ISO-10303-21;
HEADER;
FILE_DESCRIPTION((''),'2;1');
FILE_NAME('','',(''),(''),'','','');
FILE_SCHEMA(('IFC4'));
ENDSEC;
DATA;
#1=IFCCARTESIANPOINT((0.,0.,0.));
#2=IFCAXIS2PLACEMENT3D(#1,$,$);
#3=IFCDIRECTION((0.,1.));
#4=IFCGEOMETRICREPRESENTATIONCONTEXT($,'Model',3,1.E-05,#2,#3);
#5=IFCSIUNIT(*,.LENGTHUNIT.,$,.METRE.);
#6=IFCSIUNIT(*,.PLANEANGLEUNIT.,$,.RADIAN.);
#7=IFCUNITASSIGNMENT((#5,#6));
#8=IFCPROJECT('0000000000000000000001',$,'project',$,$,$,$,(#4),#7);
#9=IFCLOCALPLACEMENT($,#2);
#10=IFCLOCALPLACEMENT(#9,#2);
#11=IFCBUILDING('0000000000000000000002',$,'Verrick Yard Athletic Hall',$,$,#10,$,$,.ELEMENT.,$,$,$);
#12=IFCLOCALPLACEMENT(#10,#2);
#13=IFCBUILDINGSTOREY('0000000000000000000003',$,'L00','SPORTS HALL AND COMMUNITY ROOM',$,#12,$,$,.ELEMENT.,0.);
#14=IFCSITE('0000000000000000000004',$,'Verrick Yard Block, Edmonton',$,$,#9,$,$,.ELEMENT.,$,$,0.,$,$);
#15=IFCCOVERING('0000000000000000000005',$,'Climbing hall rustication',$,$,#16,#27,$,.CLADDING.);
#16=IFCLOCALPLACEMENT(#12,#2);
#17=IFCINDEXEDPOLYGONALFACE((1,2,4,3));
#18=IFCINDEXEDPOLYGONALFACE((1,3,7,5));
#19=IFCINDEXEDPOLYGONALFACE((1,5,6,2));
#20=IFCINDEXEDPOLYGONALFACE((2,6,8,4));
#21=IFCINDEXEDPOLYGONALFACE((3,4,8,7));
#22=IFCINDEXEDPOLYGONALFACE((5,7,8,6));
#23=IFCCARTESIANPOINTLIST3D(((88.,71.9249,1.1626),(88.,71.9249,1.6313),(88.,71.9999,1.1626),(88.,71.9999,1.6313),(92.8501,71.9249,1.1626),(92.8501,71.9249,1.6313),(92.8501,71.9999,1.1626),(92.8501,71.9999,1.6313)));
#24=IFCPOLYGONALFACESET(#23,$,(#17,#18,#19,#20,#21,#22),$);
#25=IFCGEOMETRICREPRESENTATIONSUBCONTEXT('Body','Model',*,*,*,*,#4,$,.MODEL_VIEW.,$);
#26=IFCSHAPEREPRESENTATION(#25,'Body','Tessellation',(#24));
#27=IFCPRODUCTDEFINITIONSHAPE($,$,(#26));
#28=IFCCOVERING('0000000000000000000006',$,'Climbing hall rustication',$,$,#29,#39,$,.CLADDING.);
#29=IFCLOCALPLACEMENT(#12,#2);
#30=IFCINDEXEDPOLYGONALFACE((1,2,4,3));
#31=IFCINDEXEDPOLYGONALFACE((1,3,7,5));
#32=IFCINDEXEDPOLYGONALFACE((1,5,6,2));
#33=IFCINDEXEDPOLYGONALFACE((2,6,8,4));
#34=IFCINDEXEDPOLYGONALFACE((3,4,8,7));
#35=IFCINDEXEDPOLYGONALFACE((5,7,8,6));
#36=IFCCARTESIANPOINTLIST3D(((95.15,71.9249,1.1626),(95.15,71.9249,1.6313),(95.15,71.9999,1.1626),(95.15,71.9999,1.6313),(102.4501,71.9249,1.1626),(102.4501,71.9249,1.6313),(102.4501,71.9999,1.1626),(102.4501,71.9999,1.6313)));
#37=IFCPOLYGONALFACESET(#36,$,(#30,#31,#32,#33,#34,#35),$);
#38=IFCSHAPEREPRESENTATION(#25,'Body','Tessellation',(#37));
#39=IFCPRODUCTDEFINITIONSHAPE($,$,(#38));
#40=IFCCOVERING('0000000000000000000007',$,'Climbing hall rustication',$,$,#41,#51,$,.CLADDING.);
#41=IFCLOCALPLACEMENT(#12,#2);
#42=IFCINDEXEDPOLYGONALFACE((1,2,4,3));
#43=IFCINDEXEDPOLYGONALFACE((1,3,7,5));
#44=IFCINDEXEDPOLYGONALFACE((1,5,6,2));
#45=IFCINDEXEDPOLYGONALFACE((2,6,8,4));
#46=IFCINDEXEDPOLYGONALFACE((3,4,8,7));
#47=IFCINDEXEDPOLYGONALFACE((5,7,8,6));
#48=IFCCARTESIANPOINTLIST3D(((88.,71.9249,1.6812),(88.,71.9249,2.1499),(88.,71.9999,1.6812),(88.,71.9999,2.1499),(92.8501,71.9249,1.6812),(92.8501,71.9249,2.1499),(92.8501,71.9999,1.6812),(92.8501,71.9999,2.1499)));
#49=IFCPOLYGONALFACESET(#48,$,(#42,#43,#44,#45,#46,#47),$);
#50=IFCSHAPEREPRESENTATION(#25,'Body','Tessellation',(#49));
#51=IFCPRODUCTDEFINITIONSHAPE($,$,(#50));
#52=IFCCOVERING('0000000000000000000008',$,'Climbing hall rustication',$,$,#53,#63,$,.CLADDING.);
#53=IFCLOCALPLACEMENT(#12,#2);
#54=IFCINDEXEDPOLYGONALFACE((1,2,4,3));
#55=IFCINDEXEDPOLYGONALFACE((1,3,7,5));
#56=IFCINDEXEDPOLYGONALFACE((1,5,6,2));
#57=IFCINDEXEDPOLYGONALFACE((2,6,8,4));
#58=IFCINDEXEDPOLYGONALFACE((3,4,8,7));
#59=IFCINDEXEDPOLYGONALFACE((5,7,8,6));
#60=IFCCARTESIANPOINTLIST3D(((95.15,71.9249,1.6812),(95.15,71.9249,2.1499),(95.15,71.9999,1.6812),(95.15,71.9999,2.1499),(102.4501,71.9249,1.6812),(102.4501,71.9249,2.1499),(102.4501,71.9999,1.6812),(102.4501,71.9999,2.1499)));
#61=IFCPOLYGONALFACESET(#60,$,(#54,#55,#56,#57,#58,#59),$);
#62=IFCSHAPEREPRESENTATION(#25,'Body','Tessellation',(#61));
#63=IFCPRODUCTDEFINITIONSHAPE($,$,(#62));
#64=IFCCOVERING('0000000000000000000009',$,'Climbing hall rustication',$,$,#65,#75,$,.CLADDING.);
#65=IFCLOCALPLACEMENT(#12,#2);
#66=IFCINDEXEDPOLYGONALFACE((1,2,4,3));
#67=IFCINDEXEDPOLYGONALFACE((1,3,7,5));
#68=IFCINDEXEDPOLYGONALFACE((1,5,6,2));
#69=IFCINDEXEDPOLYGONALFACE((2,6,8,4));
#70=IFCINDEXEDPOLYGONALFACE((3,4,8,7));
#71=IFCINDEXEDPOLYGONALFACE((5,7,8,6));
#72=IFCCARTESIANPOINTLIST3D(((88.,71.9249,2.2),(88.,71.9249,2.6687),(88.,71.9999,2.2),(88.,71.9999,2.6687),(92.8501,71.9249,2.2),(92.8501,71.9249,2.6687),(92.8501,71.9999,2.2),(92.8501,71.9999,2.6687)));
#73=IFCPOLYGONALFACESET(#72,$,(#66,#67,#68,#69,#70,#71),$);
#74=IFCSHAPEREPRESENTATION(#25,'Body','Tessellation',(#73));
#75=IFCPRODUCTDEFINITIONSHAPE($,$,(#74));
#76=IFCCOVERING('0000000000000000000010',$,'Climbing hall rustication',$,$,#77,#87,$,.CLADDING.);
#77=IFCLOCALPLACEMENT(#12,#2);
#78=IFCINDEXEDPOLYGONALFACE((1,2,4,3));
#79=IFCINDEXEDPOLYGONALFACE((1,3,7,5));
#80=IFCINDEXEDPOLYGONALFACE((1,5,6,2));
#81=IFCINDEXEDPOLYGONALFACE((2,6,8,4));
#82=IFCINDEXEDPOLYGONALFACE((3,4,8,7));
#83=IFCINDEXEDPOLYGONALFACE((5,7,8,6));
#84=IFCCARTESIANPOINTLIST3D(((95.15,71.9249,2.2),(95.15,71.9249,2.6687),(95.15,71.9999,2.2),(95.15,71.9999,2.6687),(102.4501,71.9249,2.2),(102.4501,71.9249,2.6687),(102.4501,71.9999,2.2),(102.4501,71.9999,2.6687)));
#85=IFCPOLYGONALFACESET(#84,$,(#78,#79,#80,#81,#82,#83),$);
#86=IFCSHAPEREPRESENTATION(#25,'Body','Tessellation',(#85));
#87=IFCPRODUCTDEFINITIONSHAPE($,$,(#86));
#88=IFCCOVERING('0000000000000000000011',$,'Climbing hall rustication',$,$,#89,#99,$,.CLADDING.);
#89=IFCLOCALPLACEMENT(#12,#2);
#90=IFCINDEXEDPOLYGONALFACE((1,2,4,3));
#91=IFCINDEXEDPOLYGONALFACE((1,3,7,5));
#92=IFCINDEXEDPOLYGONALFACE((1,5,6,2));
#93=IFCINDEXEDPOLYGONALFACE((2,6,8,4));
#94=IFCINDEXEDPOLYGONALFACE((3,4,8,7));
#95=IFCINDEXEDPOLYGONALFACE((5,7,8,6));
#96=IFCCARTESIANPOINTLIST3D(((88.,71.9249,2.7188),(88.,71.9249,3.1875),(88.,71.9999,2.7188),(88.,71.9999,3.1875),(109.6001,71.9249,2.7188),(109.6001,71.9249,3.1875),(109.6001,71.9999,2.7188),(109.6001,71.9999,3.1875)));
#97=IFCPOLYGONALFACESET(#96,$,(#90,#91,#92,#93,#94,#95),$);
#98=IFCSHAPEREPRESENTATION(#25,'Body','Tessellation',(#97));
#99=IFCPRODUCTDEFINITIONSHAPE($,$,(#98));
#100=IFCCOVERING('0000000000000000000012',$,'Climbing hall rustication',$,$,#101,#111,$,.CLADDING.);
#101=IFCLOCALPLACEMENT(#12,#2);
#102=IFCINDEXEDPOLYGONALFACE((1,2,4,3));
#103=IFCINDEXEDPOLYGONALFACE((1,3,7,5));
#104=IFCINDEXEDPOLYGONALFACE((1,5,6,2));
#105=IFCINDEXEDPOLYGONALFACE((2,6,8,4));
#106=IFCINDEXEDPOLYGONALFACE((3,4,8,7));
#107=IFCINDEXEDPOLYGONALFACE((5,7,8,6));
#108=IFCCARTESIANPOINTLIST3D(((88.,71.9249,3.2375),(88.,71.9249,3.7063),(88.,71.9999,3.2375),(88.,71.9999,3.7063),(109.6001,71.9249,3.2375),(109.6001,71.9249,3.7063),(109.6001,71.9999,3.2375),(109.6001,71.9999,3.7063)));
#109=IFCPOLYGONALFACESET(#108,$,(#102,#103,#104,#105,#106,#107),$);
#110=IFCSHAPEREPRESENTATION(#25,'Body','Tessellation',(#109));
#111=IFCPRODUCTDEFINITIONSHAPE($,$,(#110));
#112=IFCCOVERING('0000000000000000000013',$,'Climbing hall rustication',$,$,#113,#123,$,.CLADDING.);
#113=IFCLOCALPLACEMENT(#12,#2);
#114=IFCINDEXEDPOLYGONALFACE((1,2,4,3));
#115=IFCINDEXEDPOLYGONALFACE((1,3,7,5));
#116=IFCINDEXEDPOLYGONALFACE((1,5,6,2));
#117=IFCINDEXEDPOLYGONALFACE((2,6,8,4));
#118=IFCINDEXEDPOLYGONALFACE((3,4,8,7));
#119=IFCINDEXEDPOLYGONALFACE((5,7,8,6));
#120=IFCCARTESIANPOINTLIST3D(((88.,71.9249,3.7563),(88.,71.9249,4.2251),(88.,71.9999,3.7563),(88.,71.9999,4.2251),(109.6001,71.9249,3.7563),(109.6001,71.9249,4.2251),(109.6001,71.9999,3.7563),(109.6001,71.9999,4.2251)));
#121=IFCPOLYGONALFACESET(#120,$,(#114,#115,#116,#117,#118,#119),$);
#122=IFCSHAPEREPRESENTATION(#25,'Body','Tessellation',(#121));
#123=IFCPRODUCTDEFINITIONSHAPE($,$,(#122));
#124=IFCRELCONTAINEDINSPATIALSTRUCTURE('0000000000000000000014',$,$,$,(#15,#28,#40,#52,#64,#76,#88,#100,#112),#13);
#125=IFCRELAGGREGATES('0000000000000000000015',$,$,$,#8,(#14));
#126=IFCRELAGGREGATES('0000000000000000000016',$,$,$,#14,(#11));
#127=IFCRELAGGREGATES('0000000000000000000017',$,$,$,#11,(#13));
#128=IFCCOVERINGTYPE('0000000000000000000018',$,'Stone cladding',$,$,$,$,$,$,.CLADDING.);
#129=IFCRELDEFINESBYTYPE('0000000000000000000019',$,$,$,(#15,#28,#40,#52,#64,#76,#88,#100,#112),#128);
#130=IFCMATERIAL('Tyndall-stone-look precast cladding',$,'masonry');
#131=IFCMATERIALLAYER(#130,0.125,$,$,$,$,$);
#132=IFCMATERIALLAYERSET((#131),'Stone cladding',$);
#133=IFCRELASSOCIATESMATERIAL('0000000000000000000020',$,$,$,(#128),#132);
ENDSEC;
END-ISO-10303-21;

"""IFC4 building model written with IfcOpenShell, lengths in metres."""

from ifc_helpers import new_model, si_unit, direction, frame, origin, origin_2d, place, context, subcontext, project, spatial, rectangle, extrude, material, layer, layer_set, type_object, element, save


model = new_model("IFC4")

# Units and contexts
model_context = context("Model", 3, precision=1e-05, world=origin(), true_north=direction((0.0, 1.0)))
body_context = subcontext(model_context, "Body", "Model", "MODEL_VIEW")
ifc_project = project(units=[si_unit("LENGTHUNIT", "METRE"), si_unit("PLANEANGLEUNIT", "RADIAN")], contexts=[model_context])

# Site, building, storey
site_placement = place(None, origin())
site = spatial("IfcSite", under=ifc_project, at=site_placement, Name="Verrick Yard Block, Edmonton", CompositionType="ELEMENT", RefElevation=0.0)
building_placement = place(site_placement, origin())
building = spatial("IfcBuilding", under=site, at=building_placement, Name="Verrick Yard Athletic Hall", CompositionType="ELEMENT")
storey_placement = place(building_placement, origin())
storey = spatial("IfcBuildingStorey", under=building, at=storey_placement, Name="L00", Description="SPORTS HALL AND COMMUNITY ROOM", CompositionType="ELEMENT", Elevation=0.0)

# Coverings
ifc_material_1 = material(Name="Tyndall-stone-look precast cladding", Category="masonry")
ifc_layer = layer(ifc_material_1, 0.125)
ifc_layer_set = layer_set([ifc_layer], Name="Stone cladding")
covering_type = type_object("IfcCoveringType", Name="Stone cladding", PredefinedType="CLADDING", material=ifc_layer_set)
covering_1_placement = place(storey_placement, frame((90.425, 71.9624, 1.1626), z_axis=(0.0, 0.0, 1.0), x_axis=(1.0, 0.0, 0.0)))
element("IfcCovering", 1, at=covering_1_placement, inside=storey, type_object=covering_type, Name="Climbing hall rustication", PredefinedType="CLADDING", context=body_context, shape_type="SweptSolid", body=[
    extrude(rectangle(XDim=4.8501, YDim=0.075, at=origin_2d()), origin(), (0.0, 0.0, 1.0), 0.4688),
])
covering_2_placement = place(storey_placement, frame((98.8, 71.9624, 1.1626), z_axis=(0.0, 0.0, 1.0), x_axis=(1.0, 0.0, 0.0)))
element("IfcCovering", 2, at=covering_2_placement, inside=storey, type_object=covering_type, Name="Climbing hall rustication", PredefinedType="CLADDING", context=body_context, shape_type="SweptSolid", body=[
    extrude(rectangle(XDim=7.3, YDim=0.075, at=origin_2d()), origin(), (0.0, 0.0, 1.0), 0.4688),
])
covering_3_placement = place(storey_placement, frame((90.425, 71.9624, 1.6812), z_axis=(0.0, 0.0, 1.0), x_axis=(1.0, 0.0, 0.0)))
element("IfcCovering", 3, at=covering_3_placement, inside=storey, type_object=covering_type, Name="Climbing hall rustication", PredefinedType="CLADDING", context=body_context, shape_type="SweptSolid", body=[
    extrude(rectangle(XDim=4.8501, YDim=0.075, at=origin_2d()), origin(), (0.0, 0.0, 1.0), 0.4688),
])
covering_4_placement = place(storey_placement, frame((98.8, 71.9624, 1.6812), z_axis=(0.0, 0.0, 1.0), x_axis=(1.0, 0.0, 0.0)))
element("IfcCovering", 4, at=covering_4_placement, inside=storey, type_object=covering_type, Name="Climbing hall rustication", PredefinedType="CLADDING", context=body_context, shape_type="SweptSolid", body=[
    extrude(rectangle(XDim=7.3, YDim=0.075, at=origin_2d()), origin(), (0.0, 0.0, 1.0), 0.4688),
])
covering_5_placement = place(storey_placement, frame((90.425, 71.9624, 2.2), z_axis=(0.0, 0.0, 1.0), x_axis=(1.0, 0.0, 0.0)))
element("IfcCovering", 5, at=covering_5_placement, inside=storey, type_object=covering_type, Name="Climbing hall rustication", PredefinedType="CLADDING", context=body_context, shape_type="SweptSolid", body=[
    extrude(rectangle(XDim=4.8501, YDim=0.075, at=origin_2d()), origin(), (0.0, 0.0, 1.0), 0.4688),
])
covering_6_placement = place(storey_placement, frame((98.8, 71.9624, 2.2), z_axis=(0.0, 0.0, 1.0), x_axis=(1.0, 0.0, 0.0)))
element("IfcCovering", 6, at=covering_6_placement, inside=storey, type_object=covering_type, Name="Climbing hall rustication", PredefinedType="CLADDING", context=body_context, shape_type="SweptSolid", body=[
    extrude(rectangle(XDim=7.3, YDim=0.075, at=origin_2d()), origin(), (0.0, 0.0, 1.0), 0.4688),
])
for number, where, z_axis, x_axis, name in (
    (7, (98.8, 71.9624, 2.7188), (0.0, 0.0, 1.0), (1.0, 0.0, 0.0), "Climbing hall rustication"),
    (8, (98.8, 71.9624, 3.2375), (0.0, 0.0, 1.0), (1.0, 0.0, 0.0), "Climbing hall rustication"),
    (9, (98.8, 71.9624, 3.7563), (0.0, 0.0, 1.0), (1.0, 0.0, 0.0), "Climbing hall rustication"),
):
    element("IfcCovering", number, at=place(storey_placement, frame(where, z_axis=z_axis, x_axis=x_axis)), inside=storey, type_object=covering_type, Name=name, PredefinedType="CLADDING", context=body_context, shape_type="SweptSolid", body=[
        extrude(rectangle(XDim=21.6001, YDim=0.075, at=origin_2d()), origin(), (0.0, 0.0, 1.0), 0.4688),
    ])

save(model, "model.ifc")
